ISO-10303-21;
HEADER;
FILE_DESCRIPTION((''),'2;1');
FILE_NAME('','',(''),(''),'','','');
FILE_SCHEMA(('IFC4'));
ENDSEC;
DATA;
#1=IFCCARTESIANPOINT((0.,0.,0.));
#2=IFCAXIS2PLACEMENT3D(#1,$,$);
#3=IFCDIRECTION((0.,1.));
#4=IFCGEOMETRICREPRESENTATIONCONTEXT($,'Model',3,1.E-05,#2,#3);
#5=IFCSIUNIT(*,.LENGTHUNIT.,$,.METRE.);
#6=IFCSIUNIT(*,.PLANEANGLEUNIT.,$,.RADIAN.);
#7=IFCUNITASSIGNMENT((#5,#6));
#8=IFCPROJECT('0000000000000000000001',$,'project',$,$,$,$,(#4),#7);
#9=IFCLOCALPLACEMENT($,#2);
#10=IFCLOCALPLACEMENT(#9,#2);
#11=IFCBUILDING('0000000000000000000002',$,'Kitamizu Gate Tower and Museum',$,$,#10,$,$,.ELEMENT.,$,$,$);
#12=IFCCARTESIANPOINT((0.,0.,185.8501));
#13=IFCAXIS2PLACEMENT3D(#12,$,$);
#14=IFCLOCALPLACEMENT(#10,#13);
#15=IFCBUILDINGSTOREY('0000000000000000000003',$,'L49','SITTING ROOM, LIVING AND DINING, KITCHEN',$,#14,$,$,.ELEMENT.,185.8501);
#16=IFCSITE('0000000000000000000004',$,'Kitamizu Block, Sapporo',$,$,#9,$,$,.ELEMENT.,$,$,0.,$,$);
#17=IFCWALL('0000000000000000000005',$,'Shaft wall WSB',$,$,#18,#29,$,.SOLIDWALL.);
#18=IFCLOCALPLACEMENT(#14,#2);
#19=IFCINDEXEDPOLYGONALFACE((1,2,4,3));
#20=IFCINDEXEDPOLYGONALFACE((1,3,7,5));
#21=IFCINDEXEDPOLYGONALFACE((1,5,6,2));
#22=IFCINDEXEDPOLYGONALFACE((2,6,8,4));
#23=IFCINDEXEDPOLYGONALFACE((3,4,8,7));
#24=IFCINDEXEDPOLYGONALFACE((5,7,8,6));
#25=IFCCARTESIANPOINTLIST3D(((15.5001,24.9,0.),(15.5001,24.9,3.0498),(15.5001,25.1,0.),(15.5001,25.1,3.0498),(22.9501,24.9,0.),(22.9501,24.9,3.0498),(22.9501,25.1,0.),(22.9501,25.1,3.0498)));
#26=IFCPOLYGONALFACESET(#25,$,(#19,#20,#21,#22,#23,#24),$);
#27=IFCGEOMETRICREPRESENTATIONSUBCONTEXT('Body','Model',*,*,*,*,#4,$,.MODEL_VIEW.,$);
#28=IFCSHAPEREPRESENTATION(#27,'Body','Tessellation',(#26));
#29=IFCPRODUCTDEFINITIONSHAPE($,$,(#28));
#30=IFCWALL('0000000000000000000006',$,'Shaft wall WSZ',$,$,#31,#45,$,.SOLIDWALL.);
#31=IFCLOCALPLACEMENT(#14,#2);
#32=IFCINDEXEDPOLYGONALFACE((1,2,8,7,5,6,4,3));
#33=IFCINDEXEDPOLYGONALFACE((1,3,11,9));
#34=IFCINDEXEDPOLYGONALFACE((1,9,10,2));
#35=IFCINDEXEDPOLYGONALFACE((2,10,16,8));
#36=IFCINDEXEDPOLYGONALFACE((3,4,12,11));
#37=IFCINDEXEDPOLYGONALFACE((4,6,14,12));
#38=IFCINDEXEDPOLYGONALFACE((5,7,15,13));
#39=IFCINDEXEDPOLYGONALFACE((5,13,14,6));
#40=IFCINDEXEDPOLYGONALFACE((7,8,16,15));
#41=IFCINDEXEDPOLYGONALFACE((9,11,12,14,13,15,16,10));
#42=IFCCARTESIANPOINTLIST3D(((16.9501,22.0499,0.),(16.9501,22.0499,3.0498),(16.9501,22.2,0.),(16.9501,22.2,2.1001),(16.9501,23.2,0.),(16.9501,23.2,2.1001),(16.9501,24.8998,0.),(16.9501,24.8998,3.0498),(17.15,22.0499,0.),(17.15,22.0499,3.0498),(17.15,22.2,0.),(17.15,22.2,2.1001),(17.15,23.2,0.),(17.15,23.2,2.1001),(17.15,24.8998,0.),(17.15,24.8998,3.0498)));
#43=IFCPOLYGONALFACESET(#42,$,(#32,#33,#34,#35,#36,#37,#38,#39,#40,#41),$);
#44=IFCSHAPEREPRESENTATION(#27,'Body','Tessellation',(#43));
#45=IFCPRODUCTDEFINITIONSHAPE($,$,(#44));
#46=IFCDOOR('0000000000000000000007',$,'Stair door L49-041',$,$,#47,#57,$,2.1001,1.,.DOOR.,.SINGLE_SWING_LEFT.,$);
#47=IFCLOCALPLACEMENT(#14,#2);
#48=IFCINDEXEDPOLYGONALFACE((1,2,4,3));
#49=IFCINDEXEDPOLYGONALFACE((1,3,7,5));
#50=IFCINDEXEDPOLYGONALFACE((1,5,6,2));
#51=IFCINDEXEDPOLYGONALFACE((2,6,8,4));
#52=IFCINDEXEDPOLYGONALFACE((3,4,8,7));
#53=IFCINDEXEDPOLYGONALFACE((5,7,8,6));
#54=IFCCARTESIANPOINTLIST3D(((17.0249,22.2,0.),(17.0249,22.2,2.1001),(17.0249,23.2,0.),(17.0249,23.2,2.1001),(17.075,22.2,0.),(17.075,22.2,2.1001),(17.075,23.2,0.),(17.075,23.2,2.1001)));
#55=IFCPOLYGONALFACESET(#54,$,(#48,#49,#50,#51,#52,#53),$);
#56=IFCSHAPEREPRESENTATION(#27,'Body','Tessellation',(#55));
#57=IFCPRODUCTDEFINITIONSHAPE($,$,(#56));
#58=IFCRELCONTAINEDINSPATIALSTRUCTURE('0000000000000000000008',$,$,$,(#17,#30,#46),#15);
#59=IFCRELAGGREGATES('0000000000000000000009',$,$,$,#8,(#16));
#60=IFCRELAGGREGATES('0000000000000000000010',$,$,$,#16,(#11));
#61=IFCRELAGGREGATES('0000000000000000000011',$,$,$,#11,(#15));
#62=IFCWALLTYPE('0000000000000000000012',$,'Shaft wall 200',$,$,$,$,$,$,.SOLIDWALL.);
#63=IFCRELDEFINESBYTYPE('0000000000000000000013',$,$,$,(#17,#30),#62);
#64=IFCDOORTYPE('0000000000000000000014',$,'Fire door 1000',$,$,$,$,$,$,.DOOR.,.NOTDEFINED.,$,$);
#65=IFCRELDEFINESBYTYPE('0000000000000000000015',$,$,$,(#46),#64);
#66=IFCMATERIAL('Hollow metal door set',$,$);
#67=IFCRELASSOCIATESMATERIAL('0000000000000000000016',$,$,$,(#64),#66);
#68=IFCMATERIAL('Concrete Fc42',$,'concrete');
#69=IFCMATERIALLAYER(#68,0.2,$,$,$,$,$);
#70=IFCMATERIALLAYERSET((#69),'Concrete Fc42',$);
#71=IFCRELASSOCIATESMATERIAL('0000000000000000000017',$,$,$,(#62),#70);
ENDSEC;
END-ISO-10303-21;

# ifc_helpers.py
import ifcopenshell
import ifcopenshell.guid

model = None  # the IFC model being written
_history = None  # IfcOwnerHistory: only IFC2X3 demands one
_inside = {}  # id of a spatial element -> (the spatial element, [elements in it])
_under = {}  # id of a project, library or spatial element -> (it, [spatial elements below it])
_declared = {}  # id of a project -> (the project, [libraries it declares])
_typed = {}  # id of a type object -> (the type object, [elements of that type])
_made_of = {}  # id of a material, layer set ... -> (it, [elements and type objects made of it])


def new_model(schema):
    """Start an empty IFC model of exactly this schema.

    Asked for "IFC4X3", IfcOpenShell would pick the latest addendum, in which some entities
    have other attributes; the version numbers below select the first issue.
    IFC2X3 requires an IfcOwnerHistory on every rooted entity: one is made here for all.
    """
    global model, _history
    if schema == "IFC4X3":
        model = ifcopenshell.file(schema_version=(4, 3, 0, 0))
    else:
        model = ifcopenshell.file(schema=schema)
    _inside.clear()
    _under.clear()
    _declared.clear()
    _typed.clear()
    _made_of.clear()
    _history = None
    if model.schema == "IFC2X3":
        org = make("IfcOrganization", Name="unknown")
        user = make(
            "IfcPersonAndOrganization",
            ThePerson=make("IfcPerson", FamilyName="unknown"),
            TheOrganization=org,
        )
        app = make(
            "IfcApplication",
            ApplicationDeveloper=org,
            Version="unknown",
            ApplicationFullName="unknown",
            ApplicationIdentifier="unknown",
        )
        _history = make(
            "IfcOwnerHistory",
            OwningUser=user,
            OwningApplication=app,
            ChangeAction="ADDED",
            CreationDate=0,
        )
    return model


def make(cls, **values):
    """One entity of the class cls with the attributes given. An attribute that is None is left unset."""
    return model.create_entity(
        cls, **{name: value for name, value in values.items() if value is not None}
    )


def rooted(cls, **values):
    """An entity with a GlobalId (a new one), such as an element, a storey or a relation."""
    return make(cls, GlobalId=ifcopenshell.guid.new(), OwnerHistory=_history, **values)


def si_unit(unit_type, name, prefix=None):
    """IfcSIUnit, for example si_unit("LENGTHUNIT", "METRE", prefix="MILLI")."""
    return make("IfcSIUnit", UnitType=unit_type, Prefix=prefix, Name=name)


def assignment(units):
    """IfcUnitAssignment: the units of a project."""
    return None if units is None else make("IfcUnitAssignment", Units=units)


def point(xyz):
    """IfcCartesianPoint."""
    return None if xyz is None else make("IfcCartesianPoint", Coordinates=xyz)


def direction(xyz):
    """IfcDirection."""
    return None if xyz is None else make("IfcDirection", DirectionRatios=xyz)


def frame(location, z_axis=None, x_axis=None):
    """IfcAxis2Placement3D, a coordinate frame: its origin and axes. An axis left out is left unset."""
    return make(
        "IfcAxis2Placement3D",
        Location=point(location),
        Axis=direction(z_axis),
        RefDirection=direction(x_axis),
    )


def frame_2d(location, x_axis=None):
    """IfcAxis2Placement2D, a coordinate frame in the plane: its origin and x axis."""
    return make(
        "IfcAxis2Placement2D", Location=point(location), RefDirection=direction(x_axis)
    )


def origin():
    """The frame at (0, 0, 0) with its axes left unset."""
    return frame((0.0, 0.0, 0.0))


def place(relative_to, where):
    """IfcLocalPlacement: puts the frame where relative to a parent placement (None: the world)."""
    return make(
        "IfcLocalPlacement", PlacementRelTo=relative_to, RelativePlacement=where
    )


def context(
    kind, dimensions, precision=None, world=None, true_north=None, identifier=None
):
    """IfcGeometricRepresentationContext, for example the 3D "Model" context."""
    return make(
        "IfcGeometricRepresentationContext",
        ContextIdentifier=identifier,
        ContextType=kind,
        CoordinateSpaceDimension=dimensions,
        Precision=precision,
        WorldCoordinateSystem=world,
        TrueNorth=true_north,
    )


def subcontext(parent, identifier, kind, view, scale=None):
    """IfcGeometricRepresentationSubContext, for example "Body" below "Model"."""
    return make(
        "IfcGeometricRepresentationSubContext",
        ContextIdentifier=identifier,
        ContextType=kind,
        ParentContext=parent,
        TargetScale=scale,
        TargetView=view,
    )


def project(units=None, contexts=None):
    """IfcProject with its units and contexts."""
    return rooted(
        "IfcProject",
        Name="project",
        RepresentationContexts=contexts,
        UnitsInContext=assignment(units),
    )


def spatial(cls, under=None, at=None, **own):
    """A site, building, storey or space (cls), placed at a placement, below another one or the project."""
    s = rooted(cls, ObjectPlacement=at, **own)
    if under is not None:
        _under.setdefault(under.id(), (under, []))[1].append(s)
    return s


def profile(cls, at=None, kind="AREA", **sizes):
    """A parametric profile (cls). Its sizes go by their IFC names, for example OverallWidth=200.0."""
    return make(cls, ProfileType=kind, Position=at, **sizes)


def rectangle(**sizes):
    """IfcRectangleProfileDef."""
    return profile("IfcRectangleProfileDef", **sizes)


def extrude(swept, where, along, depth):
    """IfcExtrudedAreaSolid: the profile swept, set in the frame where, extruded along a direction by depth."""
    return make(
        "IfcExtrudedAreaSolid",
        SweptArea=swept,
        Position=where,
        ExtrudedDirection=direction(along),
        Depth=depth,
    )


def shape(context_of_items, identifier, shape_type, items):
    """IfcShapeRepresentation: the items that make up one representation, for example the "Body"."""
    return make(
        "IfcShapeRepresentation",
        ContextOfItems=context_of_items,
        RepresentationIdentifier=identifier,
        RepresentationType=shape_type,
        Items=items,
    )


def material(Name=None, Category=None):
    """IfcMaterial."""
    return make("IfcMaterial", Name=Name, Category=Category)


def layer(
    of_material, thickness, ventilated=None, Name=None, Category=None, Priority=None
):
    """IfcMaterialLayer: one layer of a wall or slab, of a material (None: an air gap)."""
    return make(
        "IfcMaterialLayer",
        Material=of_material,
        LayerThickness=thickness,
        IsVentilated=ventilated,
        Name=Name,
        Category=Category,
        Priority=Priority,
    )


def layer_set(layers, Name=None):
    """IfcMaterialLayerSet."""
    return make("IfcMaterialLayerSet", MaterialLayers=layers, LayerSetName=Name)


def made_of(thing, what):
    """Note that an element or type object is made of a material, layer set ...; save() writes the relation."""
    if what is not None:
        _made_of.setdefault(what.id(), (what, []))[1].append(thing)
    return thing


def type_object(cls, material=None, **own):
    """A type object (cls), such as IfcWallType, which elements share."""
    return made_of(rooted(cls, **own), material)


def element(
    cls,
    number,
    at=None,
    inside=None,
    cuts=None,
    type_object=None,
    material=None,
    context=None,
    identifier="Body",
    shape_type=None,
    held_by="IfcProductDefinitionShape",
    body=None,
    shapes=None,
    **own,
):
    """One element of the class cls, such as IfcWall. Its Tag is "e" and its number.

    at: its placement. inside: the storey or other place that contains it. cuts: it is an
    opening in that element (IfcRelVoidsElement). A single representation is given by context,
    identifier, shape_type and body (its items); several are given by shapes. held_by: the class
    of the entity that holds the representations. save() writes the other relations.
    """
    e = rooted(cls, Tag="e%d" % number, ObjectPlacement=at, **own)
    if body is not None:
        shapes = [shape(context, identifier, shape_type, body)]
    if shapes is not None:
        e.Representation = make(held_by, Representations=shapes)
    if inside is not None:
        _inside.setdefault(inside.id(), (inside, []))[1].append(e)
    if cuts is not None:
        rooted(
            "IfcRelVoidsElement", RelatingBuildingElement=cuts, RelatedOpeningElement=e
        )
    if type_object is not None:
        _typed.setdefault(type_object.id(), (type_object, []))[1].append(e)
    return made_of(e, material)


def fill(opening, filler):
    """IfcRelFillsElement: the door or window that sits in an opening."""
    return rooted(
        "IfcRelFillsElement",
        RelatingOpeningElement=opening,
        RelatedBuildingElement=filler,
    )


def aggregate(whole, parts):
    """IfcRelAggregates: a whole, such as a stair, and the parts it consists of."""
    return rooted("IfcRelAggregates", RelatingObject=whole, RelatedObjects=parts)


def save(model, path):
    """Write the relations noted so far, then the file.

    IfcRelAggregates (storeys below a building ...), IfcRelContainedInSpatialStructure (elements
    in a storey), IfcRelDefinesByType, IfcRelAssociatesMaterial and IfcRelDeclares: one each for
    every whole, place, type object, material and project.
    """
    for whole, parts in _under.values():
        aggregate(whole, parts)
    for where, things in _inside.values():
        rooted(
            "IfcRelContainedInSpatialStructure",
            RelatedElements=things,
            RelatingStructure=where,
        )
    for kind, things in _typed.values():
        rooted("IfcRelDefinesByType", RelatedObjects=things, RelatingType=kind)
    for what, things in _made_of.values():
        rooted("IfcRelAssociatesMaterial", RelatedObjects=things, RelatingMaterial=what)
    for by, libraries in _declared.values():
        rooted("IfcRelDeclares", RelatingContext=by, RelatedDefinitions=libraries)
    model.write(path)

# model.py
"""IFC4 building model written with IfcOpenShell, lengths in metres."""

from ifc_helpers import new_model, si_unit, direction, frame, frame_2d, origin, place, context, subcontext, project, spatial, rectangle, extrude, material, layer, layer_set, type_object, element, fill, save


model = new_model("IFC4")

# Units and contexts
model_context = context("Model", 3, precision=1e-05, world=origin(), true_north=direction((0.0, 1.0)))
body_context = subcontext(model_context, "Body", "Model", "MODEL_VIEW")
ifc_project = project(units=[si_unit("LENGTHUNIT", "METRE"), si_unit("PLANEANGLEUNIT", "RADIAN")], contexts=[model_context])

# Site, building, storey
site_placement = place(None, origin())
site = spatial("IfcSite", under=ifc_project, at=site_placement, Name="Kitamizu Block, Sapporo", CompositionType="ELEMENT", RefElevation=0.0)
building_placement = place(site_placement, origin())
building = spatial("IfcBuilding", under=site, at=building_placement, Name="Kitamizu Gate Tower and Museum", CompositionType="ELEMENT")
storey_placement = place(building_placement, frame((0.0, 0.0, 185.8501)))
storey = spatial("IfcBuildingStorey", under=building, at=storey_placement, Name="L49", Description="SITTING ROOM, LIVING AND DINING, KITCHEN", CompositionType="ELEMENT", Elevation=185.8501)

# Shared definitions
ifc_material_1 = material(Name="Hollow metal door set")
door_type_1 = type_object("IfcDoorType", Name="Fire door 1000", OperationType="NOTDEFINED", PredefinedType="DOOR", material=ifc_material_1)

# Shared definitions
ifc_material_2 = material(Name="Concrete Fc42", Category="concrete")
ifc_layer_1 = layer(ifc_material_2, 0.2)
ifc_layer_set_1 = layer_set([ifc_layer_1], Name="Concrete Fc42")
wall_type_1 = type_object("IfcWallType", Name="Shaft wall 200", PredefinedType="SOLIDWALL", material=ifc_layer_set_1)

# Wall
wall_1_placement = place(storey_placement, frame((15.5, 25.0, 0.0), z_axis=(0.0, 0.0, 1.0), x_axis=(1.0, 0.0, 0.0)))
element("IfcWall", 1, at=wall_1_placement, inside=storey, type_object=wall_type_1, Name="Shaft wall WSB", PredefinedType="SOLIDWALL", context=body_context, shape_type="SweptSolid", body=[
    extrude(rectangle(XDim=7.45, YDim=0.2, at=frame_2d((3.7251, 0.0))), origin(), (0.0, 0.0, 1.0), 3.0498),
])

# Wall, opening, door
wall_2_placement = place(storey_placement, frame((17.05, 22.05, 0.0), z_axis=(0.0, 0.0, 1.0), x_axis=(0.0, 1.0, 0.0)))
wall_2 = element("IfcWall", 2, at=wall_2_placement, inside=storey, type_object=wall_type_1, Name="Shaft wall WSZ", PredefinedType="SOLIDWALL", context=body_context, shape_type="SweptSolid", body=[
    extrude(rectangle(XDim=2.8499, YDim=0.2, at=frame_2d((1.4248, 0.0))), origin(), (0.0, 0.0, 1.0), 3.0498),
])
opening_1_placement = place(wall_2_placement, frame((0.1499, 0.0, 0.0)))
opening_1 = element("IfcOpeningElement", 3, at=opening_1_placement, cuts=wall_2, PredefinedType="OPENING", context=body_context, shape_type="SweptSolid", body=[
    extrude(rectangle(XDim=1.0, YDim=2.1001, at=frame_2d((0.5, 1.05))), frame((0.0, 0.1099, 0.0), z_axis=(0.0, -1.0, 0.0), x_axis=(1.0, 0.0, 0.0)), (0.0, 0.0, 1.0), 0.22),
])
door_1_placement = place(opening_1_placement, frame((1.0, 0.0, 0.0), x_axis=(-1.0, 0.0, 0.0)))
door_1 = element("IfcDoor", 4, at=door_1_placement, inside=storey, type_object=door_type_1, Name="Stair door L49-041", OperationType="SINGLE_SWING_LEFT", OverallHeight=2.1001, OverallWidth=1.0, PredefinedType="DOOR", context=body_context, shape_type="SweptSolid", body=[
    extrude(rectangle(XDim=1.0, YDim=2.1001, at=frame_2d((0.5, 1.05))), frame((0.0, 0.0249, 0.0), z_axis=(0.0, -1.0, 0.0), x_axis=(1.0, 0.0, 0.0)), (0.0, 0.0, 1.0), 0.05),
])
fill(opening_1, door_1)

save(model, "model.ifc")
